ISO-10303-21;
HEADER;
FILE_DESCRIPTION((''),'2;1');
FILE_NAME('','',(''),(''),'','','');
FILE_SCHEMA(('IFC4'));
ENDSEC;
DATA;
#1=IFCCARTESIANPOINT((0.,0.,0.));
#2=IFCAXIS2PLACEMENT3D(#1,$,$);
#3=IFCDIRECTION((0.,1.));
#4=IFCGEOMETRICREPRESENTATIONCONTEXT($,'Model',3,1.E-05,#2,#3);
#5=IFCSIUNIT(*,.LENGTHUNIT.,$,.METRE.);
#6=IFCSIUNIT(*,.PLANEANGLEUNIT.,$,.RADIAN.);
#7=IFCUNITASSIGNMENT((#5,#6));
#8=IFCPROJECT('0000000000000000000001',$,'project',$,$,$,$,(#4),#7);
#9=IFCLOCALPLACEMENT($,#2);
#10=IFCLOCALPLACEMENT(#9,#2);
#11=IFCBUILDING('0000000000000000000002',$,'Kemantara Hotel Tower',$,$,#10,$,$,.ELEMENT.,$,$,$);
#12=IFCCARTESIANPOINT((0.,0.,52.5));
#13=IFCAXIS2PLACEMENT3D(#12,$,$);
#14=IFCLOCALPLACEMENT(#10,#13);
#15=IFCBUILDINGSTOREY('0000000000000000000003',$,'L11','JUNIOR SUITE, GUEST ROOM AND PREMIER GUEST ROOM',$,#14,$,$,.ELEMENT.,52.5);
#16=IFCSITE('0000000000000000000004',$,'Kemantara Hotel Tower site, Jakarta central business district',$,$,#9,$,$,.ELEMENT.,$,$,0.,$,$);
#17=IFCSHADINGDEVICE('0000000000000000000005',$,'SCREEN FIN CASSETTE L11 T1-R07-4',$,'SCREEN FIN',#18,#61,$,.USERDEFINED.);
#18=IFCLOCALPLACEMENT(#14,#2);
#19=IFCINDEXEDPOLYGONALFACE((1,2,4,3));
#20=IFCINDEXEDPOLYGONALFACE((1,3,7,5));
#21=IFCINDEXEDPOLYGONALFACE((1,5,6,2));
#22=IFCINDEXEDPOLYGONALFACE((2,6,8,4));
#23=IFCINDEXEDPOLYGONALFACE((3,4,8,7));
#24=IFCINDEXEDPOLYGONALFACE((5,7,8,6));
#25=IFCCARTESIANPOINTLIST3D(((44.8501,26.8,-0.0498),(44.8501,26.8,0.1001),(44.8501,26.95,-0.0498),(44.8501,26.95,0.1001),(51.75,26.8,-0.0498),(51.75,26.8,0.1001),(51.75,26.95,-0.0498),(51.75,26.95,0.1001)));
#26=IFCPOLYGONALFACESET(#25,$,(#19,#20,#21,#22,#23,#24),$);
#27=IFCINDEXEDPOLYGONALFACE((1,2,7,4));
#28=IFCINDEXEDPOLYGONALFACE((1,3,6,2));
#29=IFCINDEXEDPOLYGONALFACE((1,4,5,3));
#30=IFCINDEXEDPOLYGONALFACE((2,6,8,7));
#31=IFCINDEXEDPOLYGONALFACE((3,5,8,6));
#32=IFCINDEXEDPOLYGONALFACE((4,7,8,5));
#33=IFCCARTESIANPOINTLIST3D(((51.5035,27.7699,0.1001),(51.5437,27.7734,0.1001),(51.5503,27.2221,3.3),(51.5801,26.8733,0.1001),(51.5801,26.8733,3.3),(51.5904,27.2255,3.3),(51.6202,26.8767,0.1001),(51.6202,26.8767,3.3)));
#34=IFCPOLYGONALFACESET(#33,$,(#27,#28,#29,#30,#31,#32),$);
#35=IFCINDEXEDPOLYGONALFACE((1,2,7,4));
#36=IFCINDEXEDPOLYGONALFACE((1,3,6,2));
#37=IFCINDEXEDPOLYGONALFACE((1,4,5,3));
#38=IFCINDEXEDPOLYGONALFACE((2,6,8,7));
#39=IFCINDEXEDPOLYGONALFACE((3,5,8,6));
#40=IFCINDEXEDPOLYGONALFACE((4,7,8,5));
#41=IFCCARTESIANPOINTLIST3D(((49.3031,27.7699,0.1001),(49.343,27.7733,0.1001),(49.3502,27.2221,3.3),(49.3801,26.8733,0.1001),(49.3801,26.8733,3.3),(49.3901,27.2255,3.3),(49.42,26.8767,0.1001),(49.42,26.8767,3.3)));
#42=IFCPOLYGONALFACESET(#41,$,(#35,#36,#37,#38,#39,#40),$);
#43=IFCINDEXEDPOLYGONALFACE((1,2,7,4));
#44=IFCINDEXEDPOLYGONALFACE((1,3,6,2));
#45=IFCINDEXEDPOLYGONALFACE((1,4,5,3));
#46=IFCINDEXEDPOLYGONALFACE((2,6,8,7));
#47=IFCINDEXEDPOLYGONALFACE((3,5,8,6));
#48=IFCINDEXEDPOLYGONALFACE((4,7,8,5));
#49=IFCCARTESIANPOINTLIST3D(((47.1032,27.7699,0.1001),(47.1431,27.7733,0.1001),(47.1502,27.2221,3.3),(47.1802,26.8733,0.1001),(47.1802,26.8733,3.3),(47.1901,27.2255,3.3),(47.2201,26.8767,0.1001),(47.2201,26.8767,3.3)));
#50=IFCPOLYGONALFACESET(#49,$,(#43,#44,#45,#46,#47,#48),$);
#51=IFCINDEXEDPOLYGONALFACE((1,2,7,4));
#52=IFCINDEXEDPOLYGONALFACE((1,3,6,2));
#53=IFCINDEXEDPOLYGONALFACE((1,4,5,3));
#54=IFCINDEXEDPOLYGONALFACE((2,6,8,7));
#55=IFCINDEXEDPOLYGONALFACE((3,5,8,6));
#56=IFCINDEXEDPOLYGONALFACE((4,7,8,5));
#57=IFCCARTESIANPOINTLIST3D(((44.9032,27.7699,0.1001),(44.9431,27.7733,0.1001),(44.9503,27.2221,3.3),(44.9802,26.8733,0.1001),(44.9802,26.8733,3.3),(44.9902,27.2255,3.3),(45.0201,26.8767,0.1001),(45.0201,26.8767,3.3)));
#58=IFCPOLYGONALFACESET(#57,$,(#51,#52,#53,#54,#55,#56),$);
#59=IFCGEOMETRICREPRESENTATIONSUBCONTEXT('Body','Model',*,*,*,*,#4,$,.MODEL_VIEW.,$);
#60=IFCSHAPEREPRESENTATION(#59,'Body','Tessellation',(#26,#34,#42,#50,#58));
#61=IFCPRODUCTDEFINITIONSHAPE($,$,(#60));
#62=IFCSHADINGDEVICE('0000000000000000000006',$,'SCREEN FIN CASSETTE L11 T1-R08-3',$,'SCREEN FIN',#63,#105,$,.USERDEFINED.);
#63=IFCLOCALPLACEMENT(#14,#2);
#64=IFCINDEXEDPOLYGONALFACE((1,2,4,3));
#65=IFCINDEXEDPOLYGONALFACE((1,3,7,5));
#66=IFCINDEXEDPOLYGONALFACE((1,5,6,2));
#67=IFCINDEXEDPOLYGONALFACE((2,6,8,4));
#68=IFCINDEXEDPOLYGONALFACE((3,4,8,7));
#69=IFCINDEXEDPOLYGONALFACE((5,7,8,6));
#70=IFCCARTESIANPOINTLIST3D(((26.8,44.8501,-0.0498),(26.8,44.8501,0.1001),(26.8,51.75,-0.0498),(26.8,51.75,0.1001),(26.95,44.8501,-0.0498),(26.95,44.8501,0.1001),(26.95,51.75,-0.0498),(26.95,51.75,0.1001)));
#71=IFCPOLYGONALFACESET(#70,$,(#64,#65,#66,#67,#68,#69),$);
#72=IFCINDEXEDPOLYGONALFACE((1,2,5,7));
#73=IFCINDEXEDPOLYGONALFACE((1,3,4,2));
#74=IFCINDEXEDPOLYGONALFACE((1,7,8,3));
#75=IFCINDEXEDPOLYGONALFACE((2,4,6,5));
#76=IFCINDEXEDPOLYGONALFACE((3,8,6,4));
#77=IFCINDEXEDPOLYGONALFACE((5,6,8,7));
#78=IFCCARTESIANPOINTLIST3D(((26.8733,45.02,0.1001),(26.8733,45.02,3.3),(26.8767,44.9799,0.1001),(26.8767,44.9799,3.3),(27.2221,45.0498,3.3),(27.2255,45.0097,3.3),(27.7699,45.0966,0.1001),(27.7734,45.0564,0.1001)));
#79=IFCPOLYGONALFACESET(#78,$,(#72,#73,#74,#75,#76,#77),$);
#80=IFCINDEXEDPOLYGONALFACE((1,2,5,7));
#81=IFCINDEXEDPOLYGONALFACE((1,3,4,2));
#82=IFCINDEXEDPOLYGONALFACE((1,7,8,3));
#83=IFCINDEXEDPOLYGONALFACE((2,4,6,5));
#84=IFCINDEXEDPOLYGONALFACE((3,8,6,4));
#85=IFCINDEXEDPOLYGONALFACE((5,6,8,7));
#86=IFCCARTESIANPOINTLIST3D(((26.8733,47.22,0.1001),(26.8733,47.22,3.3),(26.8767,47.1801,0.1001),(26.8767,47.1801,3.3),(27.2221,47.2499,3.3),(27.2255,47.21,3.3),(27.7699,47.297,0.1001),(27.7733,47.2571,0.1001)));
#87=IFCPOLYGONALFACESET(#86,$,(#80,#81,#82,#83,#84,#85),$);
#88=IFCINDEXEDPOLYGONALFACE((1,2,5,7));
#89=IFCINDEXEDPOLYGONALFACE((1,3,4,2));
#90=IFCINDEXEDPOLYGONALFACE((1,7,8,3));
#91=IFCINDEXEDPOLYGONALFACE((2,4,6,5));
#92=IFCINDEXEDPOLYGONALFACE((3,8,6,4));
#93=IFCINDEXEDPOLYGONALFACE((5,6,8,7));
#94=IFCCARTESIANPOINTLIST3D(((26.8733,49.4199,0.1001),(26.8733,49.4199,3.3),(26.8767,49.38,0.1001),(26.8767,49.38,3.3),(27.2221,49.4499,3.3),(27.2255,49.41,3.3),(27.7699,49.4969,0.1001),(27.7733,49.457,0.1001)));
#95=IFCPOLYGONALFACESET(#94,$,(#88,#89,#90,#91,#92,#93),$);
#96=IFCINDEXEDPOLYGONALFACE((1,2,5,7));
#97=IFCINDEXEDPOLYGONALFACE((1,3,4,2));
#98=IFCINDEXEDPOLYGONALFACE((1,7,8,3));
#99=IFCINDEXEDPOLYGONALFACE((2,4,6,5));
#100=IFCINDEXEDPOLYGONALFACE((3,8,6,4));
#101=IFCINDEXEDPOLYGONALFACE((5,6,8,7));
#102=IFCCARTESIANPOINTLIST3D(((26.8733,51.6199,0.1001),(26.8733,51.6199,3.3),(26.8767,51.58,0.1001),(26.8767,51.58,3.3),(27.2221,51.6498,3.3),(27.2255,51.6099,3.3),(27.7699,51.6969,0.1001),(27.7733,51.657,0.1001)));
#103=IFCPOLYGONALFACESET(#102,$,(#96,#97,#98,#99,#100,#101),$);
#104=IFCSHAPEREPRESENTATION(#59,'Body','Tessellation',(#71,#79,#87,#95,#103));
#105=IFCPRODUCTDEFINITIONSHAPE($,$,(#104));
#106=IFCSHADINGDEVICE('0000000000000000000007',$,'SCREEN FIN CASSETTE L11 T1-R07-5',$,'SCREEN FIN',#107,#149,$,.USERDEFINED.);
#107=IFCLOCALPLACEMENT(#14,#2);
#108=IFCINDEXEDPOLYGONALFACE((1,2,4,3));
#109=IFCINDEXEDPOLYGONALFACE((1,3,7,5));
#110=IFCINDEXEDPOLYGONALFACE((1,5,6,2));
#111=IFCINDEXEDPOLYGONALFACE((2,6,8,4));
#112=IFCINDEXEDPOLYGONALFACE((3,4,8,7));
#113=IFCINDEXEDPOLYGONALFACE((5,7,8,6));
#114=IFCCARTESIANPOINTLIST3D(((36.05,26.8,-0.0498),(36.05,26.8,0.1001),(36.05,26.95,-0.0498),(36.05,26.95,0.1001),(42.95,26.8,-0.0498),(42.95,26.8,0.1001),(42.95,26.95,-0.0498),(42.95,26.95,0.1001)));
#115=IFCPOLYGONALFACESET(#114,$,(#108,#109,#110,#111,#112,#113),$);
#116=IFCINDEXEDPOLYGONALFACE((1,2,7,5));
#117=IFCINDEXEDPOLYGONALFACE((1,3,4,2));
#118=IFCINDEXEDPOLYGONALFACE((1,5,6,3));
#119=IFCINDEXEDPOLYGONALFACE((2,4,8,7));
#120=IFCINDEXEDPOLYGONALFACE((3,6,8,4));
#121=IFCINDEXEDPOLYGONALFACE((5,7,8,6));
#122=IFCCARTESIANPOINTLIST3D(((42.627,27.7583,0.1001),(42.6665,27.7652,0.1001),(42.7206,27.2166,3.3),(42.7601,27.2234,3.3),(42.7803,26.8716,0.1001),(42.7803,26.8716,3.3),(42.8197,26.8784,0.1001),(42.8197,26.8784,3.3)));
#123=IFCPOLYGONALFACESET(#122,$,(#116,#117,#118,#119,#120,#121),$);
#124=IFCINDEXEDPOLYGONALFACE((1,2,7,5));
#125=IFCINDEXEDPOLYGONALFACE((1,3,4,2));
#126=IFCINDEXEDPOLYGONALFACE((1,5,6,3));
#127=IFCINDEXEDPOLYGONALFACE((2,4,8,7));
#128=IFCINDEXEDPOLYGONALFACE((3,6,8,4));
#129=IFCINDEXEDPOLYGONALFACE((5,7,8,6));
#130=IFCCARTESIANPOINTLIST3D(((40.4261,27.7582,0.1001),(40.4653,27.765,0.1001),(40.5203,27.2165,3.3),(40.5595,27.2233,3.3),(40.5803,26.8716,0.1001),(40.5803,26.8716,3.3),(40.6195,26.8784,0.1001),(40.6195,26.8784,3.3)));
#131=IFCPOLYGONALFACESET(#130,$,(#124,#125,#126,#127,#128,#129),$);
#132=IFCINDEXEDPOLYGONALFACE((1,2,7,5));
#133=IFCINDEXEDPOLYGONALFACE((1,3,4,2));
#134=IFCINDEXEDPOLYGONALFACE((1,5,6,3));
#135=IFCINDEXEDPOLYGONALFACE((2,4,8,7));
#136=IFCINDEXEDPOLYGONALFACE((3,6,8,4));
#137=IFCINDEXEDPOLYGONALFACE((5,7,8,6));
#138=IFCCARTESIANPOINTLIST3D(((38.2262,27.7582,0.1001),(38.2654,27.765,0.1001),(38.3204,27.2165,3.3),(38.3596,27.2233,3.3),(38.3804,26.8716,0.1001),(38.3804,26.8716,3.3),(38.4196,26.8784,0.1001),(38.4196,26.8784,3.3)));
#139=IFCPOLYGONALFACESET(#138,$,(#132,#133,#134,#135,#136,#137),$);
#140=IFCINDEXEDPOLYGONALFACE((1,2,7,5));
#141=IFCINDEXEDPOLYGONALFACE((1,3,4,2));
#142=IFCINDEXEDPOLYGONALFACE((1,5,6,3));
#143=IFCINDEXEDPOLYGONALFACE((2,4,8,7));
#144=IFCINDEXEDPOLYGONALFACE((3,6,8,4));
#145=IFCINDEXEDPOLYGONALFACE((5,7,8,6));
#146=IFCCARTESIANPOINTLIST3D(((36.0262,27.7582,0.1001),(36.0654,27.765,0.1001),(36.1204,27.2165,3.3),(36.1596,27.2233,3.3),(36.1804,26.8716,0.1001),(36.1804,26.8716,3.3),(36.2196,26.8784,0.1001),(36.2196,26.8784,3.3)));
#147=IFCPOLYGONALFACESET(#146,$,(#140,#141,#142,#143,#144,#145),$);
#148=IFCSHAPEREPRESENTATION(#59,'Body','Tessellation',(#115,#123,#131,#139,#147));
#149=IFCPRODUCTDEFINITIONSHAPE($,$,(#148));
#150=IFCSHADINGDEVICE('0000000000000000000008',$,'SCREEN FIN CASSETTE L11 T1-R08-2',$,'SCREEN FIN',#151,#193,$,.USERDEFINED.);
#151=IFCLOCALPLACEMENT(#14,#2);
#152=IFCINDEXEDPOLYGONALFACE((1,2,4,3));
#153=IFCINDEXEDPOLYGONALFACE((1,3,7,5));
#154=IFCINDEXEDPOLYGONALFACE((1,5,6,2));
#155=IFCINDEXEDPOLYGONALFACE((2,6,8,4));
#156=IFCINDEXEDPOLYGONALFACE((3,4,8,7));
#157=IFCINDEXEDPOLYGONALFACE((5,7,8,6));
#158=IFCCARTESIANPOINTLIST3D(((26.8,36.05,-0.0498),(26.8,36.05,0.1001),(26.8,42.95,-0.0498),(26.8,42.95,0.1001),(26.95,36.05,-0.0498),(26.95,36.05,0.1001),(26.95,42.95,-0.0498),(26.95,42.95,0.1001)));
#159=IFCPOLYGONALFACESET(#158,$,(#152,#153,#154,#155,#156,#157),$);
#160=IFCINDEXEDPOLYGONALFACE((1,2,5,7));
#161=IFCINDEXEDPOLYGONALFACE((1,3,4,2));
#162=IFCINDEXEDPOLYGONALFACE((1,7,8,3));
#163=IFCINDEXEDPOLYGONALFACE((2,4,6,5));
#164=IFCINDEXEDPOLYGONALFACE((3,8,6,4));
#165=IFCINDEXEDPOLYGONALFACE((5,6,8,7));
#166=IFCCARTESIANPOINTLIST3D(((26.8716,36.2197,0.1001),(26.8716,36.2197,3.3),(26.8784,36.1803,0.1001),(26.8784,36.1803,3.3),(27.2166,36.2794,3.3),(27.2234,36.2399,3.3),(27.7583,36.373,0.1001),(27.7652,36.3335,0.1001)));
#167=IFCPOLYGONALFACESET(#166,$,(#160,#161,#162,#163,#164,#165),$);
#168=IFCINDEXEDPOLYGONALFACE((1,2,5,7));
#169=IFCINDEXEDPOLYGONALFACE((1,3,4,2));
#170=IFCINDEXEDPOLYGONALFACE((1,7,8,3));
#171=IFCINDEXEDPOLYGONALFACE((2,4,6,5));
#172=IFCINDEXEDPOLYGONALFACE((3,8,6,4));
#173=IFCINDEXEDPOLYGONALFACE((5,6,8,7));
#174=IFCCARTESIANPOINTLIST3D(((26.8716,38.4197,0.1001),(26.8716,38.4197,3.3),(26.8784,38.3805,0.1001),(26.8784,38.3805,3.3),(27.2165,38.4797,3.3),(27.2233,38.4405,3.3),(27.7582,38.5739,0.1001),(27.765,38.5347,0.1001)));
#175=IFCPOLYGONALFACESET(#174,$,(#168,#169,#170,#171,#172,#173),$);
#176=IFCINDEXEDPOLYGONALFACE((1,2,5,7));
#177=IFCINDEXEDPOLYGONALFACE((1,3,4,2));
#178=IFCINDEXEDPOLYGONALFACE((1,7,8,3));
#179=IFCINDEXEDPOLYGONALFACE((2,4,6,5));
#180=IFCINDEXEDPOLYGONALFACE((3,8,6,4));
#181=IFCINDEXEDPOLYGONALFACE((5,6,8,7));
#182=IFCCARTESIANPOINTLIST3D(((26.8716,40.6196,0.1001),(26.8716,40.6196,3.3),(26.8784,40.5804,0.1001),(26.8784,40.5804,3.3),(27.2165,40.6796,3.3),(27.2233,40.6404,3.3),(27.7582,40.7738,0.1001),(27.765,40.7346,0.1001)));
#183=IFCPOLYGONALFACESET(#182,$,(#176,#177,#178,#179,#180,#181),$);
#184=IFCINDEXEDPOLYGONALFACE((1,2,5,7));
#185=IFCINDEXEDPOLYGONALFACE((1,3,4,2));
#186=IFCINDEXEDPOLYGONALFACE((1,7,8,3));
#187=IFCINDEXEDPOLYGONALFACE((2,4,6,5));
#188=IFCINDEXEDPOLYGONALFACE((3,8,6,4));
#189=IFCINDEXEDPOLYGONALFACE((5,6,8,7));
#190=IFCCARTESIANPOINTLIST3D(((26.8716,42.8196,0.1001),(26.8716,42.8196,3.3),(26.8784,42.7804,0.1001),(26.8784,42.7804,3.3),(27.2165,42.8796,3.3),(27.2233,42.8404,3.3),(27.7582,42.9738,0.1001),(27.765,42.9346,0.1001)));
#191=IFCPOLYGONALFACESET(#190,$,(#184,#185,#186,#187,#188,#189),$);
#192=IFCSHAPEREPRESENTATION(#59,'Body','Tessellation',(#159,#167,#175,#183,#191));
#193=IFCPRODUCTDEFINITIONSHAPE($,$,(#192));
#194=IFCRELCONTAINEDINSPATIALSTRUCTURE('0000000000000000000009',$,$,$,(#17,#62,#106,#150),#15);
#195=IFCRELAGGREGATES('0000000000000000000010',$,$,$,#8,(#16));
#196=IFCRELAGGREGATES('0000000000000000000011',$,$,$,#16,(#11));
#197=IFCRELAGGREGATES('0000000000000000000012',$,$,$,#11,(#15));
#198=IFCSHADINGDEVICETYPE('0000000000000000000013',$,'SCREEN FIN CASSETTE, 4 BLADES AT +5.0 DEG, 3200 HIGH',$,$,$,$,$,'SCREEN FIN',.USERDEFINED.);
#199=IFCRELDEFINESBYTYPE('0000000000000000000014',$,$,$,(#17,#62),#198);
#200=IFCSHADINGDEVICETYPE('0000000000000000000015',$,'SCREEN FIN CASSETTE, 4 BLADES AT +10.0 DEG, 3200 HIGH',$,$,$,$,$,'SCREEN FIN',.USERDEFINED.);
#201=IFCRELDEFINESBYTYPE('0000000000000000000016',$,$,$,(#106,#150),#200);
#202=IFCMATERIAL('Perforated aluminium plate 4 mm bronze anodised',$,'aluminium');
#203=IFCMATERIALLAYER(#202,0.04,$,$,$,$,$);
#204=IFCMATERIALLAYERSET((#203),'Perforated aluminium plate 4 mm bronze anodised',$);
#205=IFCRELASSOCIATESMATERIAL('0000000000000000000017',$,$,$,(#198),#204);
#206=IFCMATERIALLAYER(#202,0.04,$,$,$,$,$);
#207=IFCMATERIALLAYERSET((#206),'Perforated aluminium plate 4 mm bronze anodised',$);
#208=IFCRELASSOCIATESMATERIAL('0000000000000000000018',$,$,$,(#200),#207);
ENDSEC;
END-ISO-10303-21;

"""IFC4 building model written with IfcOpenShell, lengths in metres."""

from ifc_helpers import new_model, si_unit, direction, frame, origin, origin_2d, place, context, subcontext, project, spatial, polyline, rectangle, outline, extrude, source, transform, mapped, material, layer, layer_set, type_object, element, save


model = new_model("IFC4")

# Units and contexts
model_context = context("Model", 3, precision=1e-05, world=origin(), true_north=direction((0.0, 1.0)))
body_context = subcontext(model_context, "Body", "Model", "MODEL_VIEW")
ifc_project = project(units=[si_unit("LENGTHUNIT", "METRE"), si_unit("PLANEANGLEUNIT", "RADIAN")], contexts=[model_context])

# Site, building, storey
site_placement = place(None, origin())
site = spatial("IfcSite", under=ifc_project, at=site_placement, Name="Kemantara Hotel Tower site, Jakarta central business district", CompositionType="ELEMENT", RefElevation=0.0)
building_placement = place(site_placement, origin())
building = spatial("IfcBuilding", under=site, at=building_placement, Name="Kemantara Hotel Tower", CompositionType="ELEMENT")
storey_placement = place(building_placement, frame((0.0, 0.0, 52.5)))
storey = spatial("IfcBuildingStorey", under=building, at=storey_placement, Name="L11", Description="JUNIOR SUITE, GUEST ROOM AND PREMIER GUEST ROOM", CompositionType="ELEMENT", Elevation=52.5)

# Shading devices
ifc_material_1 = material(Name="Perforated aluminium plate 4 mm bronze anodised", Category="aluminium")
ifc_layer_1 = layer(ifc_material_1, 0.04)
ifc_layer_set_1 = layer_set([ifc_layer_1], Name="Perforated aluminium plate 4 mm bronze anodised")
shading_device_type_1 = type_object("IfcShadingDeviceType", Name="SCREEN FIN CASSETTE, 4 BLADES AT +5.0 DEG, 3200 HIGH", ElementType="SCREEN FIN", PredefinedType="USERDEFINED", material=ifc_layer_set_1)
shared_shape_1 = source(origin(), body_context, "Body", "SweptSolid", [
    extrude(rectangle(XDim=6.8999, YDim=0.1499, at=origin_2d()), frame((3.3, -0.075, -0.1499), z_axis=(0.0, 0.0, 1.0), x_axis=(1.0, 0.0, 0.0)), (0.0, 0.0, 1.0), 0.1499),
    extrude(outline(polyline([(0.0, 0.0), (0.8999, 0.0), (0.3501, 3.2), (0.0, 3.2), (0.0, 0.0)])), frame((0.02, -0.0732, 0.0), z_axis=(-0.996376, -0.085056, 0.0), x_axis=(0.085056, -0.996376, 0.0)), (0.0, 0.0, 1.0), 0.0403),
    extrude(outline(polyline([(0.0, 0.0), (0.8999, 0.0), (0.3501, 3.2), (0.0, 3.2), (0.0, 0.0)])), frame((2.22, -0.0732, 0.0), z_axis=(-0.996332, -0.085575, 0.0), x_axis=(0.085575, -0.996332, 0.0)), (0.0, 0.0, 1.0), 0.04),
    extrude(outline(polyline([(0.0, 0.0), (0.8999, 0.0), (0.3501, 3.2), (0.0, 3.2), (0.0, 0.0)])), frame((4.4199, -0.0732, 0.0), z_axis=(-0.996332, -0.085575, 0.0), x_axis=(0.085575, -0.996332, 0.0)), (0.0, 0.0, 1.0), 0.04),
    extrude(outline(polyline([(0.0, 0.0), (0.8999, 0.0), (0.3501, 3.2), (0.0, 3.2), (0.0, 0.0)])), frame((6.6199, -0.0732, 0.0), z_axis=(-0.996332, -0.085575, 0.0), x_axis=(0.085575, -0.996332, 0.0)), (0.0, 0.0, 1.0), 0.04),
])
for number, where, z_axis, x_axis, name in (
    (1, (51.6001, 26.8, 0.1001), (0.0, 0.0, 1.0), (-1.0, 0.0, 0.0), "SCREEN FIN CASSETTE L11 T1-R07-4"),
    (2, (26.8, 45.0, 0.1001), (0.0, 0.0, 1.0), (0.0, 1.0, 0.0), "SCREEN FIN CASSETTE L11 T1-R08-3"),
):
    element("IfcShadingDevice", number, at=place(storey_placement, frame(where, z_axis=z_axis, x_axis=x_axis)), inside=storey, type_object=shading_device_type_1, Name=name, ObjectType="SCREEN FIN", PredefinedType="USERDEFINED", context=body_context, shape_type="MappedRepresentation", body=[
        mapped(shared_shape_1, transform((0.0, 0.0, 0.0))),
    ])
ifc_layer_2 = layer(ifc_material_1, 0.04)
ifc_layer_set_2 = layer_set([ifc_layer_2], Name="Perforated aluminium plate 4 mm bronze anodised")
shading_device_type_2 = type_object("IfcShadingDeviceType", Name="SCREEN FIN CASSETTE, 4 BLADES AT +10.0 DEG, 3200 HIGH", ElementType="SCREEN FIN", PredefinedType="USERDEFINED", material=ifc_layer_set_2)
shared_shape_2 = source(origin(), body_context, "Body", "SweptSolid", [
    extrude(rectangle(XDim=6.8999, YDim=0.1499, at=origin_2d()), frame((3.3, -0.075, -0.1499), z_axis=(0.0, 0.0, 1.0), x_axis=(1.0, 0.0, 0.0)), (0.0, 0.0, 1.0), 0.1499),
    extrude(outline(polyline([(0.0, 0.0), (0.8999, 0.0), (0.3501, 3.2), (0.0, 3.2), (0.0, 0.0)])), frame((0.0198, -0.0715, 0.0), z_axis=(-0.98539, -0.170314, 0.0), x_axis=(0.170314, -0.98539, 0.0)), (0.0, 0.0, 1.0), 0.04),
    extrude(outline(polyline([(0.0, 0.0), (0.8999, 0.0), (0.3501, 3.2), (0.0, 3.2), (0.0, 0.0)])), frame((2.2197, -0.0715, 0.0), z_axis=(-0.985212, -0.171341, 0.0), x_axis=(0.171341, -0.985212, 0.0)), (0.0, 0.0, 1.0), 0.0398),
    extrude(outline(polyline([(0.0, 0.0), (0.8999, 0.0), (0.3501, 3.2), (0.0, 3.2), (0.0, 0.0)])), frame((4.4197, -0.0715, 0.0), z_axis=(-0.985212, -0.171341, 0.0), x_axis=(0.171341, -0.985212, 0.0)), (0.0, 0.0, 1.0), 0.0398),
    extrude(outline(polyline([(0.0, 0.0), (0.8999, 0.0), (0.3501, 3.2), (0.0, 3.2), (0.0, 0.0)])), frame((6.6196, -0.0715, 0.0), z_axis=(-0.985212, -0.171341, 0.0), x_axis=(0.171341, -0.985212, 0.0)), (0.0, 0.0, 1.0), 0.0398),
])
for number, where, z_axis, x_axis, name in (
    (3, (42.8, 26.8, 0.1001), (0.0, 0.0, 1.0), (-1.0, 0.0, 0.0), "SCREEN FIN CASSETTE L11 T1-R07-5"),
    (4, (26.8, 36.2, 0.1001), (0.0, 0.0, 1.0), (0.0, 1.0, 0.0), "SCREEN FIN CASSETTE L11 T1-R08-2"),
):
    element("IfcShadingDevice", number, at=place(storey_placement, frame(where, z_axis=z_axis, x_axis=x_axis)), inside=storey, type_object=shading_device_type_2, Name=name, ObjectType="SCREEN FIN", PredefinedType="USERDEFINED", context=body_context, shape_type="MappedRepresentation", body=[
        mapped(shared_shape_2, transform((0.0, 0.0, 0.0))),
    ])

save(model, "model.ifc")
